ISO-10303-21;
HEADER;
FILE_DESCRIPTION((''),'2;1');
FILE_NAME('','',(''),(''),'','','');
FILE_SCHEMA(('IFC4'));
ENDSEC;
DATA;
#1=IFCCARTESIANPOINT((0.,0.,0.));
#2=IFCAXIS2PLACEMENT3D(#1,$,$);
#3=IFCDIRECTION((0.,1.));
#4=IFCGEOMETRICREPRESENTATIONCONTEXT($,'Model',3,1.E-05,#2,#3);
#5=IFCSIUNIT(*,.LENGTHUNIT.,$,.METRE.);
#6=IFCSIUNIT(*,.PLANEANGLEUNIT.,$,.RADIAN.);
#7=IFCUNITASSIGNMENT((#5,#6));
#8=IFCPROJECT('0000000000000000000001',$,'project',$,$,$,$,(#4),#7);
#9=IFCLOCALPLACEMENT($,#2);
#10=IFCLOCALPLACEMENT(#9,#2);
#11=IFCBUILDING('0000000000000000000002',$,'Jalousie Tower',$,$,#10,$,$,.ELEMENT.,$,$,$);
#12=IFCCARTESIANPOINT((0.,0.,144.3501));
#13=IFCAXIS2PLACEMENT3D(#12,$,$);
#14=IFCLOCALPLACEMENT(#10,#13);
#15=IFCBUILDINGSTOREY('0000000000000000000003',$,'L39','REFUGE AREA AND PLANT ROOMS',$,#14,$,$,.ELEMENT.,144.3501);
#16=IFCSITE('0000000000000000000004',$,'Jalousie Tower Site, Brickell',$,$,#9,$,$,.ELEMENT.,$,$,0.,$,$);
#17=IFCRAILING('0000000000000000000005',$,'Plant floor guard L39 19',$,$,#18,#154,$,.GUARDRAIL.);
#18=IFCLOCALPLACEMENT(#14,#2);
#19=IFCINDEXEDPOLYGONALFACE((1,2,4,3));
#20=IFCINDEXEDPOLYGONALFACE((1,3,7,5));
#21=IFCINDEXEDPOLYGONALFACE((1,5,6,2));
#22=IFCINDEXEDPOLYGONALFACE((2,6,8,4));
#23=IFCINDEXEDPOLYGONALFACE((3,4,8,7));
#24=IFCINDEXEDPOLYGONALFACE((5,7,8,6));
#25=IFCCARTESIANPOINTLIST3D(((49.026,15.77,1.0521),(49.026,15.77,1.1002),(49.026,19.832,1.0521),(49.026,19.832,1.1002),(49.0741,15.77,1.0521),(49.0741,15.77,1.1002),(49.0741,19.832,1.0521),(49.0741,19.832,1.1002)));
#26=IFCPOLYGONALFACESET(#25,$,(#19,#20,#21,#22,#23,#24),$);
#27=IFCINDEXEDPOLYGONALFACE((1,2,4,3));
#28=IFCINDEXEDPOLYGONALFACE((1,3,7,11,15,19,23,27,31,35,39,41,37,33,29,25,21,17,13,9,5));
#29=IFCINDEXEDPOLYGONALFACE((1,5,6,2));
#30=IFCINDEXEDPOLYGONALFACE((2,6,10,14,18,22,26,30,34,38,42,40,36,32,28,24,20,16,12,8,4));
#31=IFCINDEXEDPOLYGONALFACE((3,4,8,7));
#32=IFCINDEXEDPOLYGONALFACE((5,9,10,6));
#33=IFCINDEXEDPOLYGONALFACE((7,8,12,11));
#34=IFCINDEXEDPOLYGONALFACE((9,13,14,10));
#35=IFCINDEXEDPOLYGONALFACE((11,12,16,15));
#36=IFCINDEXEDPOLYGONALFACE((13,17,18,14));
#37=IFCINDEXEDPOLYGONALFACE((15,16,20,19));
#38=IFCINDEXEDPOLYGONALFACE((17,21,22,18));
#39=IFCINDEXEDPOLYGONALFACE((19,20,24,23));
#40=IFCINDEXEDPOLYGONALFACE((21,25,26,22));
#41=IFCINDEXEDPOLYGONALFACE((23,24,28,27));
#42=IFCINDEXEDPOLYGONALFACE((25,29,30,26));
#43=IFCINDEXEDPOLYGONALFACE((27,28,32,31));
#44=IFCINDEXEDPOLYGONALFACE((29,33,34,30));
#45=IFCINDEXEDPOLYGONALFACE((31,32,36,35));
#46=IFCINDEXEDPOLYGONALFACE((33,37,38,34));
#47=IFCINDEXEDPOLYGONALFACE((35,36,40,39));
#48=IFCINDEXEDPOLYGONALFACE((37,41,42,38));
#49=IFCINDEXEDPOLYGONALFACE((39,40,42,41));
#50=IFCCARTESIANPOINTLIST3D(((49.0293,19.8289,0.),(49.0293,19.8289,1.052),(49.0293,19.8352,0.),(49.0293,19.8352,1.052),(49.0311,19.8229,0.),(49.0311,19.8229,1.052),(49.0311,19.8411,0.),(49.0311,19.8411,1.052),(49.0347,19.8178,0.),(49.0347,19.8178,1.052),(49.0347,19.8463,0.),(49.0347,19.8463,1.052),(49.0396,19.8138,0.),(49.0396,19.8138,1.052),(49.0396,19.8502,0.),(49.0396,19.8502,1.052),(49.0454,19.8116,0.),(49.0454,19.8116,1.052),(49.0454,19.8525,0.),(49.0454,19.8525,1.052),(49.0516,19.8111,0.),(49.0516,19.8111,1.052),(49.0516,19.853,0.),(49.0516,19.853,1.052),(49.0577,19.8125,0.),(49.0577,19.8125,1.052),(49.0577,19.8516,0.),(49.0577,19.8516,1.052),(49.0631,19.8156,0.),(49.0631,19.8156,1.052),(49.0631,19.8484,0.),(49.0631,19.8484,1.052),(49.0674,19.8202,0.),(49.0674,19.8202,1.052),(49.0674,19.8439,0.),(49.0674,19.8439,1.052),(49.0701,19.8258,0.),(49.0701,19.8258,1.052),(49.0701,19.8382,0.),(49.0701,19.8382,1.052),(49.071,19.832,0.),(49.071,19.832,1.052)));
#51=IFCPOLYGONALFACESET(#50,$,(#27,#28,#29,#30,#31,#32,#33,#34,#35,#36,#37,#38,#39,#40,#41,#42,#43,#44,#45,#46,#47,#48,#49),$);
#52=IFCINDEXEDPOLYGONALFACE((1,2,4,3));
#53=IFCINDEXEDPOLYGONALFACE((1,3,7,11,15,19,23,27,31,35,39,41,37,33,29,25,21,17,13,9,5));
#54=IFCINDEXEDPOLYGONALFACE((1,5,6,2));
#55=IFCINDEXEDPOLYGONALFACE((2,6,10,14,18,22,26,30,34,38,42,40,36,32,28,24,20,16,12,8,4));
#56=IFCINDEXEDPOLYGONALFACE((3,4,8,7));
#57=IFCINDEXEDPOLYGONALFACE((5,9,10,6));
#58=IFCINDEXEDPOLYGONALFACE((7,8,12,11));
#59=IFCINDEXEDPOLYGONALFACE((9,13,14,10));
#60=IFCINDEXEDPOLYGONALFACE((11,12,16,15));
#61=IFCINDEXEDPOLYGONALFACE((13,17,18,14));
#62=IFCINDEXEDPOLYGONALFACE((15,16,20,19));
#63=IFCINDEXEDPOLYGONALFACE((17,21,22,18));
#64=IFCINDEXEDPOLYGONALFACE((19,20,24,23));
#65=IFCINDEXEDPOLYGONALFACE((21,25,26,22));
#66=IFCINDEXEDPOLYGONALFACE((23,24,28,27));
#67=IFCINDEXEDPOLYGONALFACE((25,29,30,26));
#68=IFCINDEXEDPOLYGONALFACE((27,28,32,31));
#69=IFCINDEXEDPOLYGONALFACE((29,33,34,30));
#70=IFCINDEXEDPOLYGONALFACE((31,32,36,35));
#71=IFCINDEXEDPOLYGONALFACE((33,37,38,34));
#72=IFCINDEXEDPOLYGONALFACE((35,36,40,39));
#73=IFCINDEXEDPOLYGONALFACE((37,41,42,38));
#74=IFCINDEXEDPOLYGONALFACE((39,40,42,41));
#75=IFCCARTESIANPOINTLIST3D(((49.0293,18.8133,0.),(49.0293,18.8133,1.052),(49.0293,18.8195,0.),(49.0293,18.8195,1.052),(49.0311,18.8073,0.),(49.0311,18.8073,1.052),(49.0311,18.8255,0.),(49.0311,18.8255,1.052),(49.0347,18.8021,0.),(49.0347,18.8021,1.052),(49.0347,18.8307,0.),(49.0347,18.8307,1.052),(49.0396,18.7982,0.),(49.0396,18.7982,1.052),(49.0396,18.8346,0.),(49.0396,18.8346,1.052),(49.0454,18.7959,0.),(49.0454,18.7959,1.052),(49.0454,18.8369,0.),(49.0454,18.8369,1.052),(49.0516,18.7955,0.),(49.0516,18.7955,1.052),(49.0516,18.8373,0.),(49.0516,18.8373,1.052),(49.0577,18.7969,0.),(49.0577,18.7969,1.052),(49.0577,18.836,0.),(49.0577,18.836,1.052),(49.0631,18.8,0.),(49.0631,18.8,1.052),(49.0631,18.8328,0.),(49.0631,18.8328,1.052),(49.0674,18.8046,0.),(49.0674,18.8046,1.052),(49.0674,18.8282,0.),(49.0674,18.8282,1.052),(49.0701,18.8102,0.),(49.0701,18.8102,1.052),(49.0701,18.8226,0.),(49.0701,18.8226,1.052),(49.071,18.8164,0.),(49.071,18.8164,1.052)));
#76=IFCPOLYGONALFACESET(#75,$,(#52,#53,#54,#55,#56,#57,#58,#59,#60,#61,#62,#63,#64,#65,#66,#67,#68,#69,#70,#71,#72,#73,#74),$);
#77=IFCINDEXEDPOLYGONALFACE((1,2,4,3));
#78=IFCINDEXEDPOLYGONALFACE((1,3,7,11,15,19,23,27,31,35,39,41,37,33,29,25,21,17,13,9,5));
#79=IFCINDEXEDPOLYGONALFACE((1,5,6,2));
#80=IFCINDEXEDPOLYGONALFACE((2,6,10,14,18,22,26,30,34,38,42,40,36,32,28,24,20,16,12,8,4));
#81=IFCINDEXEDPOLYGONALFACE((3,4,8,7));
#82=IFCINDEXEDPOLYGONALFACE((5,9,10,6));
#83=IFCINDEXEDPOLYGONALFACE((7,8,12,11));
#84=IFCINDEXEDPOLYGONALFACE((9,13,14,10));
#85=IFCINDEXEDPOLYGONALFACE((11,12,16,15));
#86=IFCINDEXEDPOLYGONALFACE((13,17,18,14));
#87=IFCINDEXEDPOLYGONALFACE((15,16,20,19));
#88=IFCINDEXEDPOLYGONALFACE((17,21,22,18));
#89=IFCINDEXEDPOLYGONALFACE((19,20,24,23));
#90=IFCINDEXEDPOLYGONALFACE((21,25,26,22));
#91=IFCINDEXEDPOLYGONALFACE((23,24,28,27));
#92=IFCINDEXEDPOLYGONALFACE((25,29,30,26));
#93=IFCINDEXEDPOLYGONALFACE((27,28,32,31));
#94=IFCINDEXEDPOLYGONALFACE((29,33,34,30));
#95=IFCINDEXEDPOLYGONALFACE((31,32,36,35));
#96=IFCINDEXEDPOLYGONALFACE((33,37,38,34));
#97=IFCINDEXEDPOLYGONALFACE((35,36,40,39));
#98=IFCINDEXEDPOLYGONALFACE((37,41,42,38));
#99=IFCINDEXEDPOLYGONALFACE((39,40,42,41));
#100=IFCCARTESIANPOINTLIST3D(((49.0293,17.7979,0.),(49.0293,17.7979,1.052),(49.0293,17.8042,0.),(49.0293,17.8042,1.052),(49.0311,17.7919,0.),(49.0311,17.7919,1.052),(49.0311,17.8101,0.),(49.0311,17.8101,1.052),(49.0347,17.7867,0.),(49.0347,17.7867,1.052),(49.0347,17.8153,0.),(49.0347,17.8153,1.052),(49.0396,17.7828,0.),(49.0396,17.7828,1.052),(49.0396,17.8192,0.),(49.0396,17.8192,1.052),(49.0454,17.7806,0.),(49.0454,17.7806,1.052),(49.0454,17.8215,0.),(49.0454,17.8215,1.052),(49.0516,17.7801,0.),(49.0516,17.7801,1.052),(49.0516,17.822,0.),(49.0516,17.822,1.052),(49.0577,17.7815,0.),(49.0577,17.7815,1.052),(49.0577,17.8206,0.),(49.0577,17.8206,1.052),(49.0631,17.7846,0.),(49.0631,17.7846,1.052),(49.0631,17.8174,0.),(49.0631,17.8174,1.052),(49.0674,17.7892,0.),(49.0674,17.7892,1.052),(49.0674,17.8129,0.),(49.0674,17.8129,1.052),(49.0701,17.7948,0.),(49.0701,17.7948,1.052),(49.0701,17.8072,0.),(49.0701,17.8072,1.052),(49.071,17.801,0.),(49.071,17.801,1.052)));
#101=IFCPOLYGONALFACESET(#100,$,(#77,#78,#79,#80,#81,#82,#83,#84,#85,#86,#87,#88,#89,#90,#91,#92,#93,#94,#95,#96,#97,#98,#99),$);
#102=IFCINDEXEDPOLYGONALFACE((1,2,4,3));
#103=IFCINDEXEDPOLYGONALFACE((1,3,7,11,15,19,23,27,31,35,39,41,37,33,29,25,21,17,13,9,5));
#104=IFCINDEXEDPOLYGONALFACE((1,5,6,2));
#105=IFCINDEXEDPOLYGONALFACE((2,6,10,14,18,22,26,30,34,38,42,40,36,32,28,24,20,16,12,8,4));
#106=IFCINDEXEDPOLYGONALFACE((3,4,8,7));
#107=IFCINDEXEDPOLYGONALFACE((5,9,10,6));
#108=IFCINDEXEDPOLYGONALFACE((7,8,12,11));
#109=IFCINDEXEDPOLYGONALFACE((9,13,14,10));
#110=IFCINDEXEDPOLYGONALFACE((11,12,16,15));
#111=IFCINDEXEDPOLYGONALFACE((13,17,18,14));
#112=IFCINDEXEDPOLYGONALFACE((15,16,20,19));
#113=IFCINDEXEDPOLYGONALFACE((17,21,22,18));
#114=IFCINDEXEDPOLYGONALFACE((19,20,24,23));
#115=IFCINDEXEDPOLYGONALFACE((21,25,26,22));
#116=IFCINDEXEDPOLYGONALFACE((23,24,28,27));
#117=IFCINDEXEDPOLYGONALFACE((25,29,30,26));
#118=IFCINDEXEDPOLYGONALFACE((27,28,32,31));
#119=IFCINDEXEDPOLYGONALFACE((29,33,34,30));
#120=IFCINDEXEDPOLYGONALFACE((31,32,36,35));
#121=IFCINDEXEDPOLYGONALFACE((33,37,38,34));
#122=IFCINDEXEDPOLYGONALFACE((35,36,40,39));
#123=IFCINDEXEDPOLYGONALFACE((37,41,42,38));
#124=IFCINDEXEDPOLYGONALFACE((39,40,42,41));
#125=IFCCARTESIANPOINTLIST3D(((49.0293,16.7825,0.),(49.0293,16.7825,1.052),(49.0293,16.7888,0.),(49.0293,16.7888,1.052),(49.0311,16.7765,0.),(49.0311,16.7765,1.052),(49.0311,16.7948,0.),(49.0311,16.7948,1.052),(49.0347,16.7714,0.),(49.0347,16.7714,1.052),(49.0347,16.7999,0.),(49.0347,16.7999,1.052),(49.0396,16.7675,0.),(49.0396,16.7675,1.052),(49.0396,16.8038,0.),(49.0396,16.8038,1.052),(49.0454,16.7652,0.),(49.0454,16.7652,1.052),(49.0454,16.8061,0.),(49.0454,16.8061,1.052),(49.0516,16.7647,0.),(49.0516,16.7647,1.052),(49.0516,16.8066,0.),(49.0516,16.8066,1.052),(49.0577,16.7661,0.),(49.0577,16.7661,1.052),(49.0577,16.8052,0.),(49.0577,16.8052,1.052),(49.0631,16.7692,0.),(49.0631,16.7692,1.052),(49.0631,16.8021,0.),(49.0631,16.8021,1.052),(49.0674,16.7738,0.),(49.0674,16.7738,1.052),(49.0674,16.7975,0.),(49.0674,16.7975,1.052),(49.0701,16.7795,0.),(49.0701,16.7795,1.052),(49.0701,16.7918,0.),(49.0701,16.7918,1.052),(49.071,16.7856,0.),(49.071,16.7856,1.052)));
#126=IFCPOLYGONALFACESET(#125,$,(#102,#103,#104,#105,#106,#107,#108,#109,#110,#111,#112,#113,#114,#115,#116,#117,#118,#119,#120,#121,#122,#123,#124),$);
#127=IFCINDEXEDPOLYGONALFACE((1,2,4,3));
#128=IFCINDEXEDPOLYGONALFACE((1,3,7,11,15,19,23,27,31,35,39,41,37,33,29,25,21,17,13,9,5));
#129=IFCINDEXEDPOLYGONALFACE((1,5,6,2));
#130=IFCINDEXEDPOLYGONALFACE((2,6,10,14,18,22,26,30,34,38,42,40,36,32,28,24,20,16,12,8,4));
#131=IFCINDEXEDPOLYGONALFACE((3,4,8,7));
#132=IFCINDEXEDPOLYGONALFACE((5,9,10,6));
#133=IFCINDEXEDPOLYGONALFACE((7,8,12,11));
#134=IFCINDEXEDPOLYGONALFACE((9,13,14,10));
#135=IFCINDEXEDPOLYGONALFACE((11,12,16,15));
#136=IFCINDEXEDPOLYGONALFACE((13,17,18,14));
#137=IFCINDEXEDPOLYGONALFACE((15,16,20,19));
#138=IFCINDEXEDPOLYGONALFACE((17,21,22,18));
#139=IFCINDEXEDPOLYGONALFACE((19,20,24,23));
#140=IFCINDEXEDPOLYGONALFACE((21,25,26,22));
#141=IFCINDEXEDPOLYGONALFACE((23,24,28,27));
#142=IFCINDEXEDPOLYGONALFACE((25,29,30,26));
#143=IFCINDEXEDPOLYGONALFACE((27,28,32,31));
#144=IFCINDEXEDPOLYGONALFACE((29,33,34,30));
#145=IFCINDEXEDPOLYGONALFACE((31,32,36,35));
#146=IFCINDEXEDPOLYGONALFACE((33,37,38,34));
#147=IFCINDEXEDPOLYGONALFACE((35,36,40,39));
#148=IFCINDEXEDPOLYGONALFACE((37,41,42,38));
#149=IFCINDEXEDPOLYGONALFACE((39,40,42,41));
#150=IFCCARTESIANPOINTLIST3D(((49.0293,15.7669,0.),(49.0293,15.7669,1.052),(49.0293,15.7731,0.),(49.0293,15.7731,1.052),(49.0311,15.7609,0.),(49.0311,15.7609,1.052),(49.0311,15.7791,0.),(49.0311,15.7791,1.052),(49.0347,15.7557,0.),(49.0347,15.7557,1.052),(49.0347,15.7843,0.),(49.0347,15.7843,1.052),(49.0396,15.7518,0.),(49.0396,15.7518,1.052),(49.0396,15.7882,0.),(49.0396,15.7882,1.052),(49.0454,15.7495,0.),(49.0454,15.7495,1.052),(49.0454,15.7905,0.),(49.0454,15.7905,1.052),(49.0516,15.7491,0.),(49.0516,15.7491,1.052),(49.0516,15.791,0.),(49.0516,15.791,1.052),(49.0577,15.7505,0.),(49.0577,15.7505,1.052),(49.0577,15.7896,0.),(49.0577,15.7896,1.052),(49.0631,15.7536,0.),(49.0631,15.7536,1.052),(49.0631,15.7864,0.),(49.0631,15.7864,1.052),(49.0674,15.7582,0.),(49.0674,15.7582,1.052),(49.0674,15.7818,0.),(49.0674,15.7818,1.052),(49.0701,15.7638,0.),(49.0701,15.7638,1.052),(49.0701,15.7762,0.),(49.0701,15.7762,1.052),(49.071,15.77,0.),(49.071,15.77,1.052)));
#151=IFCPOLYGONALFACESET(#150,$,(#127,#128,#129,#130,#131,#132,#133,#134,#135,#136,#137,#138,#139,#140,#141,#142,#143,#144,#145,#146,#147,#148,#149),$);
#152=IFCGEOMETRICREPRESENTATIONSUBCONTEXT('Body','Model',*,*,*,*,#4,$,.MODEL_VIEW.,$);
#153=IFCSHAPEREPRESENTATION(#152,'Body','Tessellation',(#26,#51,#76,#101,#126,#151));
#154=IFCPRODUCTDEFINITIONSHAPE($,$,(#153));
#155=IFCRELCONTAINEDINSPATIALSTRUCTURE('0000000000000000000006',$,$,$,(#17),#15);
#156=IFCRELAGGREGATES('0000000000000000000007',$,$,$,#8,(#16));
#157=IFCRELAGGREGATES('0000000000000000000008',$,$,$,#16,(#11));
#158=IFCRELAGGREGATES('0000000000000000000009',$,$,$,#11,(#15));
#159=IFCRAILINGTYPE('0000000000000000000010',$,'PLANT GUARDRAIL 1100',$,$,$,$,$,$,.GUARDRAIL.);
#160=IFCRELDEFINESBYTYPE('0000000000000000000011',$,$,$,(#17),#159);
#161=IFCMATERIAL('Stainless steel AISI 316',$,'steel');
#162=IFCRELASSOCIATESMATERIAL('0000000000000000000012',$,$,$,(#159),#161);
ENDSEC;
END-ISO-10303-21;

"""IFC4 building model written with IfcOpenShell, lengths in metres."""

from ifc_helpers import new_model, si_unit, direction, frame, origin, origin_2d, place, context, subcontext, project, spatial, rectangle, circle, extrude, material, type_object, element, save


model = new_model("IFC4")

# Units and contexts
model_context = context("Model", 3, precision=1e-05, world=origin(), true_north=direction((0.0, 1.0)))
body_context = subcontext(model_context, "Body", "Model", "MODEL_VIEW")
ifc_project = project(units=[si_unit("LENGTHUNIT", "METRE"), si_unit("PLANEANGLEUNIT", "RADIAN")], contexts=[model_context])

# Site, building, storey
site_placement = place(None, origin())
site = spatial("IfcSite", under=ifc_project, at=site_placement, Name="Jalousie Tower Site, Brickell", CompositionType="ELEMENT", RefElevation=0.0)
building_placement = place(site_placement, origin())
building = spatial("IfcBuilding", under=site, at=building_placement, Name="Jalousie Tower", CompositionType="ELEMENT")
storey_placement = place(building_placement, frame((0.0, 0.0, 144.3501)))
storey = spatial("IfcBuildingStorey", under=building, at=storey_placement, Name="L39", Description="REFUGE AREA AND PLANT ROOMS", CompositionType="ELEMENT", Elevation=144.3501)

# Railing
ifc_material_1 = material(Name="Stainless steel AISI 316", Category="steel")
railing_type_1 = type_object("IfcRailingType", Name="PLANT GUARDRAIL 1100", PredefinedType="GUARDRAIL", material=ifc_material_1)
railing_1_placement = place(storey_placement, frame((49.05, 19.832, 0.0)))
element("IfcRailing", 1, at=railing_1_placement, inside=storey, type_object=railing_type_1, Name="Plant floor guard L39 19", PredefinedType="GUARDRAIL", context=body_context, shape_type="SweptSolid", body=[
    extrude(rectangle(XDim=0.0481, YDim=0.0481, at=origin_2d()), frame((0.0, 0.0, 1.0762), z_axis=(0.0, -1.0, 0.0), x_axis=(1.0, 0.0, 0.0)), (0.0, 0.0, 1.0), 4.062),
    extrude(circle(Radius=0.021, at=origin_2d()), origin(), (0.0, 0.0, 1.0), 1.052),
    extrude(circle(Radius=0.021, at=origin_2d()), frame((0.0, -1.0156, 0.0)), (0.0, 0.0, 1.0), 1.052),
    extrude(circle(Radius=0.021, at=origin_2d()), frame((0.0, -2.031, 0.0)), (0.0, 0.0, 1.0), 1.052),
    extrude(circle(Radius=0.021, at=origin_2d()), frame((0.0, -3.0464, 0.0)), (0.0, 0.0, 1.0), 1.052),
    extrude(circle(Radius=0.021, at=origin_2d()), frame((0.0, -4.062, 0.0)), (0.0, 0.0, 1.0), 1.052),
])

save(model, "model.ifc")
